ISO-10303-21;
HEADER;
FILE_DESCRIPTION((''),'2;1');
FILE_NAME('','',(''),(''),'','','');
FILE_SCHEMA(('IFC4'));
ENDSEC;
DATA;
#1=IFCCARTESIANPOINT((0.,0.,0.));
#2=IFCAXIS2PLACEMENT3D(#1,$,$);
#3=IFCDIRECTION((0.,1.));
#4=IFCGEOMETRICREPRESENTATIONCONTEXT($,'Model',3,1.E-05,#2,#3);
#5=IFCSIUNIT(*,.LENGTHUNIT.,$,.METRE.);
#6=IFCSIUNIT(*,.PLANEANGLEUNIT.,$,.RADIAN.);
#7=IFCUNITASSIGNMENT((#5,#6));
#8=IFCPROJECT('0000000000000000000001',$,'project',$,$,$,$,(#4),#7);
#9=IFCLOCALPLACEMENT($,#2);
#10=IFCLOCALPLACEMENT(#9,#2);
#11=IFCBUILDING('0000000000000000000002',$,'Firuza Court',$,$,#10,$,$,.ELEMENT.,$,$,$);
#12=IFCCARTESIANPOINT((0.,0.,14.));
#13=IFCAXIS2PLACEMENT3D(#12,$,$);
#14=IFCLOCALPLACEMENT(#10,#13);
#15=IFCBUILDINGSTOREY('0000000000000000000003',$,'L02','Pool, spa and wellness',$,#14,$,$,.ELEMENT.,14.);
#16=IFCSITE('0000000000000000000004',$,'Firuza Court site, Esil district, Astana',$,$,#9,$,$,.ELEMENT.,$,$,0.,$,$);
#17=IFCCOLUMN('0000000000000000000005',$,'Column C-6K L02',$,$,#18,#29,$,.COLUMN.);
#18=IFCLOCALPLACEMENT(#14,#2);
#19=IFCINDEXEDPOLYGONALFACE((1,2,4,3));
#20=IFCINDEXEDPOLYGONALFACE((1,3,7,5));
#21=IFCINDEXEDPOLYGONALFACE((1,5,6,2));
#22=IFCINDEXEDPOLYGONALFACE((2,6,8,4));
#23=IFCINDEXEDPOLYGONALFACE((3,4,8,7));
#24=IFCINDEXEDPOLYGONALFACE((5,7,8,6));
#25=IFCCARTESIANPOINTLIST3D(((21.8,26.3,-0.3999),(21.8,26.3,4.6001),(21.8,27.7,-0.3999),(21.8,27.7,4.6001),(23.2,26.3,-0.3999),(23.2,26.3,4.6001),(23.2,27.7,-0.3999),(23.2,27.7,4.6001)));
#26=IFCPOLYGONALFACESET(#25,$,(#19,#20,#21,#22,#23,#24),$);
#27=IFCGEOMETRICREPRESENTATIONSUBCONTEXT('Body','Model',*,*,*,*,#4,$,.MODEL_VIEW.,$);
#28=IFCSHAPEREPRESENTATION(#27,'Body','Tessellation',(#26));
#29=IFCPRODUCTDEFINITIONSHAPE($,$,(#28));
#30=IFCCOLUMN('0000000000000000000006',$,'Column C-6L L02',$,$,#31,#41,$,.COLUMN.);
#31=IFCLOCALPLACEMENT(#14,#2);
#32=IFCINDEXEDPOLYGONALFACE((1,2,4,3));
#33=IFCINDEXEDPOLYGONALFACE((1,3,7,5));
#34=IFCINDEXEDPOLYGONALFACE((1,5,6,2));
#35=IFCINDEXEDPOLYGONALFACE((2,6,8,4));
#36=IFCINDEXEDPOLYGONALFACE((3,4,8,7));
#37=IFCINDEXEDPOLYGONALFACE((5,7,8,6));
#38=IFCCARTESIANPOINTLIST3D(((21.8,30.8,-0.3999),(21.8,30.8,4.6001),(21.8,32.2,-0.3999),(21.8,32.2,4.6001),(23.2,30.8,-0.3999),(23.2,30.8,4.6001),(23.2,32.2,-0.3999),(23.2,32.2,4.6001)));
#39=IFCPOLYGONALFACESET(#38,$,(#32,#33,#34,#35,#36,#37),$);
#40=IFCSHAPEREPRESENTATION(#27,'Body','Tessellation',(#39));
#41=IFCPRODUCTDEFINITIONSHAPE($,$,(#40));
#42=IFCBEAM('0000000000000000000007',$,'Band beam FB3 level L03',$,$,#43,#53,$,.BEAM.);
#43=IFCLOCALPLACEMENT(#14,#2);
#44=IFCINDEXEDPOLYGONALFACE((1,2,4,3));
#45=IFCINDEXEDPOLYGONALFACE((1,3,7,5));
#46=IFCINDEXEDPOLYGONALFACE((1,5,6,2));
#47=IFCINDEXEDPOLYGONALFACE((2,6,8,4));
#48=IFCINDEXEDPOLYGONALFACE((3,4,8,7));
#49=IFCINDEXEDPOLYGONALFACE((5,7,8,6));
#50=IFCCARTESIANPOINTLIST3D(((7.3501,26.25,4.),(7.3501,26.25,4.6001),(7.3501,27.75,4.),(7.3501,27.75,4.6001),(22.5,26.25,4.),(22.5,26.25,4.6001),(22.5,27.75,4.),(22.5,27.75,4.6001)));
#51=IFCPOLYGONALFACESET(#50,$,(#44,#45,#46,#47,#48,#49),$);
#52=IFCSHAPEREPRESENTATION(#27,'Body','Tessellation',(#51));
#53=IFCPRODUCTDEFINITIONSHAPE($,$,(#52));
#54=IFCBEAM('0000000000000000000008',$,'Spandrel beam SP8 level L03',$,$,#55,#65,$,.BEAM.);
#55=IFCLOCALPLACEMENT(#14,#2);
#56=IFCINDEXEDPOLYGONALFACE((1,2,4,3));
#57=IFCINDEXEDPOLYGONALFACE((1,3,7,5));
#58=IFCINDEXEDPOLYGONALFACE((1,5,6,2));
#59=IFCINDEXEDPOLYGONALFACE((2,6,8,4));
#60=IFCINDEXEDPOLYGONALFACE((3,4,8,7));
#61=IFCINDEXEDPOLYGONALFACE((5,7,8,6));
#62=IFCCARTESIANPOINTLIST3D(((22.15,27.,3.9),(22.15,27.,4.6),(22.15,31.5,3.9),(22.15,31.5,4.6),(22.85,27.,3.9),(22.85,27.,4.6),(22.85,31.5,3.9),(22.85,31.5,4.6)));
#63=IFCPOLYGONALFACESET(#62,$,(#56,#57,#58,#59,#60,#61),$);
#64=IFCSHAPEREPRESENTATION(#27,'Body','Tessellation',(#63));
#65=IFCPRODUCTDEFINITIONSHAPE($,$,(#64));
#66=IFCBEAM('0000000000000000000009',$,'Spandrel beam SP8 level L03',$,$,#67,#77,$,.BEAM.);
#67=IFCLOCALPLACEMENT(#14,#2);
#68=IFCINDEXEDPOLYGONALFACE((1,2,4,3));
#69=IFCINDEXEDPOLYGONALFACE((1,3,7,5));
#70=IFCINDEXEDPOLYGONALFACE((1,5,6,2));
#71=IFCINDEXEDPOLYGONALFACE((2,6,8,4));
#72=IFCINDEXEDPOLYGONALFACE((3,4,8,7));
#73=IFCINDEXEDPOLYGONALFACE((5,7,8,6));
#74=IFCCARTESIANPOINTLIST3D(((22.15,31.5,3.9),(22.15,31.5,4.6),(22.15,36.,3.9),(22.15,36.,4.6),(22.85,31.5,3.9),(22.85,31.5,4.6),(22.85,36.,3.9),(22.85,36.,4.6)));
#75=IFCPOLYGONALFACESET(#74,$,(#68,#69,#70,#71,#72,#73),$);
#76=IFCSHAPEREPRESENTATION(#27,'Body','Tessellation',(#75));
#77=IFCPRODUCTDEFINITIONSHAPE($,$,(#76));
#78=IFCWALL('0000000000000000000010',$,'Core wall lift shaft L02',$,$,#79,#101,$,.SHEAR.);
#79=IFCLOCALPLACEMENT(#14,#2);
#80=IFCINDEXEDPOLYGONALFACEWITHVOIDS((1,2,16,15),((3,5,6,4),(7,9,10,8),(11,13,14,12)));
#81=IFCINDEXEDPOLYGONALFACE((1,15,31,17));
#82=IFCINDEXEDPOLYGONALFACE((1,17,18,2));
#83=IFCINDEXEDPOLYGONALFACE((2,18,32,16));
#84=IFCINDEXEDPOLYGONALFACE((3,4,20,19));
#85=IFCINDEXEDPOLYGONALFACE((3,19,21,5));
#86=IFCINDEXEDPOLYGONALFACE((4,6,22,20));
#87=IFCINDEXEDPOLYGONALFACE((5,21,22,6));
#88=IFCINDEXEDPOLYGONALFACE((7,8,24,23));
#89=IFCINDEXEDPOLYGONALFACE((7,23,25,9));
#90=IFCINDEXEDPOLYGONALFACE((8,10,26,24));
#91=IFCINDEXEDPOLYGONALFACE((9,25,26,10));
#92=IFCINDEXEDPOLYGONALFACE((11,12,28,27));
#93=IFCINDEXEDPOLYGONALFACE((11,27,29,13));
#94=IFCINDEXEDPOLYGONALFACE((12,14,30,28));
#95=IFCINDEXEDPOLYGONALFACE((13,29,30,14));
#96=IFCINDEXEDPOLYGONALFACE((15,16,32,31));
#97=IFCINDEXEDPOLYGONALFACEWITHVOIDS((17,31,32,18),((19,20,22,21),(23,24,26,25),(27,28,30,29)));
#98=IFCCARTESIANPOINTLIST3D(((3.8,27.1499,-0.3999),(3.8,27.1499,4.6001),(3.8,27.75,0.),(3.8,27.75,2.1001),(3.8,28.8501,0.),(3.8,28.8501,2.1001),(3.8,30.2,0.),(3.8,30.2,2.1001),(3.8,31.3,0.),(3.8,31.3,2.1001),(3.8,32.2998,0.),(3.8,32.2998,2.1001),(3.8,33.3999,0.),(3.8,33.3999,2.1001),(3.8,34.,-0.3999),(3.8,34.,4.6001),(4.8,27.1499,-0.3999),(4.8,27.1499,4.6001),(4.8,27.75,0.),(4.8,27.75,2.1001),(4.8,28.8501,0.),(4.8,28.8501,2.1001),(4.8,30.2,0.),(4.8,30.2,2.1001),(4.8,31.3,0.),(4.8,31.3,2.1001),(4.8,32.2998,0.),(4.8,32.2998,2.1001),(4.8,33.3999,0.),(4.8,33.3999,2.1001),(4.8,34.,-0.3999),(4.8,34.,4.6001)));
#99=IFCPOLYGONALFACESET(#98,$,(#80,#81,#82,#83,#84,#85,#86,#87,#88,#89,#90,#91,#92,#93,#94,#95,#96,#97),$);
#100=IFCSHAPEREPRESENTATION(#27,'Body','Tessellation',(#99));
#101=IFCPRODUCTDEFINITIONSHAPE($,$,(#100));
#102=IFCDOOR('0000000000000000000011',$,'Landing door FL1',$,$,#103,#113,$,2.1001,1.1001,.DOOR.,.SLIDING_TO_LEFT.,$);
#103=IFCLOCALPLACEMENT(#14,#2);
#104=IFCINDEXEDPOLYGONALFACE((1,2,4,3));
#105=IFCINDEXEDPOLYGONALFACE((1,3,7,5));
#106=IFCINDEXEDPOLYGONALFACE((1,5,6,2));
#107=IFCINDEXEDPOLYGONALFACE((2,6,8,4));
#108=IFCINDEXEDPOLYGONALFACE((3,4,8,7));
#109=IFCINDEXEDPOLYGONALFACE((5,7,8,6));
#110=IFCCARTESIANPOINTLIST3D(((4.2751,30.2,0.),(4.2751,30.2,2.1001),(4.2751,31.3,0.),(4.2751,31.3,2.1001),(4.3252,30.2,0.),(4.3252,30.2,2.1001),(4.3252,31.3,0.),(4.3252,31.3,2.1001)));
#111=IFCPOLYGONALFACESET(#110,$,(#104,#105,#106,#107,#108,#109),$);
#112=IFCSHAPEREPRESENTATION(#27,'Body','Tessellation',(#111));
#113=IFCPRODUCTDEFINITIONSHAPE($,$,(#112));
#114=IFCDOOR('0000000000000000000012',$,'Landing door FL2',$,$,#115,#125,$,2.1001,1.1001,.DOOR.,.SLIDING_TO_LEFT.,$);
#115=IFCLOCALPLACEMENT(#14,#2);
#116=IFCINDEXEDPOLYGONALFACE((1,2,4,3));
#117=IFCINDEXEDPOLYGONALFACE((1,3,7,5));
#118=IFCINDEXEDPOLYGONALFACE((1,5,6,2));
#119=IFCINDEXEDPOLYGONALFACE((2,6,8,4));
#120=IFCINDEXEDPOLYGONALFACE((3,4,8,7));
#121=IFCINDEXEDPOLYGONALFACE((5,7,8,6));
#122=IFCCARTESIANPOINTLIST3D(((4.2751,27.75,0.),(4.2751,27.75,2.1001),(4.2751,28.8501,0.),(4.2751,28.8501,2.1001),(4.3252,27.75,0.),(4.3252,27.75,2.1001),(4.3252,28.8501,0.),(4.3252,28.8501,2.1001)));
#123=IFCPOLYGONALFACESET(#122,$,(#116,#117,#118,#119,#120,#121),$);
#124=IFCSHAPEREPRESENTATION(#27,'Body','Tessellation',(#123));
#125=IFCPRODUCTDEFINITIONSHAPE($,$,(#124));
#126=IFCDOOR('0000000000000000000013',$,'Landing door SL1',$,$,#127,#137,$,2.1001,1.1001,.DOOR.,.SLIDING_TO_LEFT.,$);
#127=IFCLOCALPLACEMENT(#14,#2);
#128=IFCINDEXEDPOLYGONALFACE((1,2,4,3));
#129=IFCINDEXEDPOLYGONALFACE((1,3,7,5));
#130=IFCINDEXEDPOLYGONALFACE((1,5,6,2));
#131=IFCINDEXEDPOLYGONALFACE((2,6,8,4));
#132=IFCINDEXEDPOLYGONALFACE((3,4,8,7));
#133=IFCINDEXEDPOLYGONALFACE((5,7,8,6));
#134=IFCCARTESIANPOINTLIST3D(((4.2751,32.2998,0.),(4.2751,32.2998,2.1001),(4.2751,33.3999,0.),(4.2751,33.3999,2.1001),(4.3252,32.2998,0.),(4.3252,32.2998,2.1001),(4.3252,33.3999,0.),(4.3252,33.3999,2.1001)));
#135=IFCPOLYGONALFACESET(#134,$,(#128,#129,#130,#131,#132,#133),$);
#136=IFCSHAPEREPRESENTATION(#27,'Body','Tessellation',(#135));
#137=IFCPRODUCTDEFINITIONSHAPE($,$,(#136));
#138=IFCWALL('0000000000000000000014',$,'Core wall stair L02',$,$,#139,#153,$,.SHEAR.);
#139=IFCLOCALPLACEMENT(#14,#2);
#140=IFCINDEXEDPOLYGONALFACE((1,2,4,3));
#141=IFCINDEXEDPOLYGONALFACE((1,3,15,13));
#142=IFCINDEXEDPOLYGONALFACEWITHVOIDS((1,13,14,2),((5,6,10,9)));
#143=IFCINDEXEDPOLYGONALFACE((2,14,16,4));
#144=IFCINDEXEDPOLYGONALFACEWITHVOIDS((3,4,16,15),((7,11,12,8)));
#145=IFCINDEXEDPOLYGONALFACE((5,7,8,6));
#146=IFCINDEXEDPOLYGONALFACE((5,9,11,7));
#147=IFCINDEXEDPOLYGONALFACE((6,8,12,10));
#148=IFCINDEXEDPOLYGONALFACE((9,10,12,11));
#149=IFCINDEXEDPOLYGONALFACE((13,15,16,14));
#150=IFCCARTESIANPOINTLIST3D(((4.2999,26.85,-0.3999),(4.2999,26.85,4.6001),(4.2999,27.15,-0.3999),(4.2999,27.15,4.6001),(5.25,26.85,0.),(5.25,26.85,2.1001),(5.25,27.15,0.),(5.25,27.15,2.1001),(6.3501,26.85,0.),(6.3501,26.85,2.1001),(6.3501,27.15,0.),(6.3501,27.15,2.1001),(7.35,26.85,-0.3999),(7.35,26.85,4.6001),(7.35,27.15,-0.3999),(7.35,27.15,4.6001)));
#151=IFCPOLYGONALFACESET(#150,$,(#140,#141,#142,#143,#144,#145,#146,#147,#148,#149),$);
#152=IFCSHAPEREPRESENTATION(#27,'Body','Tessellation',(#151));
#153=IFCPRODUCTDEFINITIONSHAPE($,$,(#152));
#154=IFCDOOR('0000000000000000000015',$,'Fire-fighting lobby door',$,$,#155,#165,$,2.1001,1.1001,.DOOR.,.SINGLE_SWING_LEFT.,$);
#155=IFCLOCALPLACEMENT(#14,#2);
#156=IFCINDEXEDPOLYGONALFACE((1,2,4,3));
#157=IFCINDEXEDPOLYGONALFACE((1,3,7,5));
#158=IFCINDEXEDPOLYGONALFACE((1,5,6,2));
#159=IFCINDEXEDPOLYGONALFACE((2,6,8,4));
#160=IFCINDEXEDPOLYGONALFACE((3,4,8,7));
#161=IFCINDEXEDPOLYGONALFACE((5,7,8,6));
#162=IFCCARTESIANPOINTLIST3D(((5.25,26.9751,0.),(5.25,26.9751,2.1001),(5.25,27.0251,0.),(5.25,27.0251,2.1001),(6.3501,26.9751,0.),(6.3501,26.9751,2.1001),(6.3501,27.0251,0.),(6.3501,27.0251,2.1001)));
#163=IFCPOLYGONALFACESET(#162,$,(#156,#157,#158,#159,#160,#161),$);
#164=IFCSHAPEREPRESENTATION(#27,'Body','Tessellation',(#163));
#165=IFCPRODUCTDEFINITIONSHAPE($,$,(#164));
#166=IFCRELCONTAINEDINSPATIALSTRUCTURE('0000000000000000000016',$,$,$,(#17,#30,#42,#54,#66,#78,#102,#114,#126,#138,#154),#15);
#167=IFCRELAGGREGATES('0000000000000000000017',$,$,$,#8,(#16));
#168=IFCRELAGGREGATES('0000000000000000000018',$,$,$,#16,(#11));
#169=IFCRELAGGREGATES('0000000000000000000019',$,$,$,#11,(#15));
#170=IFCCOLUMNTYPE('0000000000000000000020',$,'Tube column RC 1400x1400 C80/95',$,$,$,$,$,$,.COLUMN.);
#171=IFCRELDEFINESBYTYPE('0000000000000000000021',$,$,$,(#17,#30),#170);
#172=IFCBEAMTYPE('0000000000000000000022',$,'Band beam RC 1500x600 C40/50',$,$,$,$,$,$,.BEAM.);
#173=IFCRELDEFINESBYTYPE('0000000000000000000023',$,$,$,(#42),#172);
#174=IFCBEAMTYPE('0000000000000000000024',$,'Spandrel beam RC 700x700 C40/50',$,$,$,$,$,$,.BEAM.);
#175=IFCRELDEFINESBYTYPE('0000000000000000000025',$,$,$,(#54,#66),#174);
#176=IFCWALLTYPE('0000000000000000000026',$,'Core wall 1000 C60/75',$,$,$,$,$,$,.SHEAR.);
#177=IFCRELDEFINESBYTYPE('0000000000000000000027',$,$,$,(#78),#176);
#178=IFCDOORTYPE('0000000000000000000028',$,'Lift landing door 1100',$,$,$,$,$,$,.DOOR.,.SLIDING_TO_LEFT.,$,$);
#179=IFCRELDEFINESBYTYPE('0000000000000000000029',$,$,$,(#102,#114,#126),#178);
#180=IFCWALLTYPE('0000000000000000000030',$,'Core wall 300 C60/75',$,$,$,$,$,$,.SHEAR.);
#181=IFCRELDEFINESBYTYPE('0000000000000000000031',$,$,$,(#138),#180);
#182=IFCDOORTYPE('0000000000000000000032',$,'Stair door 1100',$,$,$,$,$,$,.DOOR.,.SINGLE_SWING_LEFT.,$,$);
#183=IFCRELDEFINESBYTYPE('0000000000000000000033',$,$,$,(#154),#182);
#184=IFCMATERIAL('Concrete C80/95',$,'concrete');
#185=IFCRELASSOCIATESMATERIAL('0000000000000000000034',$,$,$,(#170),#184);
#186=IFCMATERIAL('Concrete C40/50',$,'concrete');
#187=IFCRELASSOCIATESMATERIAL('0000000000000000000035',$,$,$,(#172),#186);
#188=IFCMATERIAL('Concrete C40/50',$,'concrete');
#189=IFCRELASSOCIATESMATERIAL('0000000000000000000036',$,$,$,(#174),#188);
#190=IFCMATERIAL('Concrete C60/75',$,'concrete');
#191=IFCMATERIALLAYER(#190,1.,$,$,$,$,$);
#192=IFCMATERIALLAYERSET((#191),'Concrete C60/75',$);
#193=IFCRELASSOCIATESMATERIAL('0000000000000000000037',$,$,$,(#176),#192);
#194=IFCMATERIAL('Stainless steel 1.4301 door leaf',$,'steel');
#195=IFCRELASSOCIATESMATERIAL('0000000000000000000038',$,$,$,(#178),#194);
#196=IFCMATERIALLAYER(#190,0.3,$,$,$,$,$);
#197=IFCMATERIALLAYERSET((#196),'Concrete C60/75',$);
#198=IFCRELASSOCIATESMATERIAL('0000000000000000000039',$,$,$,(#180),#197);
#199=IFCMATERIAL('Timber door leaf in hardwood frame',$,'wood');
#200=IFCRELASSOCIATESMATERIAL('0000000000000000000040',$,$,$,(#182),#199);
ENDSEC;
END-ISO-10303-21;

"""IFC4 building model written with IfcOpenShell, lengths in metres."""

from ifc_helpers import new_model, si_unit, direction, frame, frame_2d, origin, origin_2d, place, context, subcontext, project, spatial, rectangle, extrude, material, layer, layer_set, material_profile, profile_set, type_object, element, fill, save


model = new_model("IFC4")

# Units and contexts
model_context = context("Model", 3, precision=1e-05, world=origin(), true_north=direction((0.0, 1.0)))
body_context = subcontext(model_context, "Body", "Model", "MODEL_VIEW")
ifc_project = project(units=[si_unit("LENGTHUNIT", "METRE"), si_unit("PLANEANGLEUNIT", "RADIAN")], contexts=[model_context])

# Site, building, storey
site_placement = place(None, origin())
site = spatial("IfcSite", under=ifc_project, at=site_placement, Name="Firuza Court site, Esil district, Astana", CompositionType="ELEMENT", RefElevation=0.0)
building_placement = place(site_placement, origin())
building = spatial("IfcBuilding", under=site, at=building_placement, Name="Firuza Court", CompositionType="ELEMENT")
storey_placement = place(building_placement, frame((0.0, 0.0, 14.0)))
storey = spatial("IfcBuildingStorey", under=building, at=storey_placement, Name="L02", Description="Pool, spa and wellness", CompositionType="ELEMENT", Elevation=14.0)

# Columns
ifc_material_1 = material(Name="Concrete C80/95", Category="concrete")
ifc_material_profile_1 = material_profile(ifc_material_1, rectangle(XDim=1.3999, YDim=1.3999, at=origin_2d()), Name="RC 1400x1400")
ifc_profile_set_1 = profile_set([ifc_material_profile_1], Name="Concrete C80/95")
column_type = type_object("IfcColumnType", Name="Tube column RC 1400x1400 C80/95", PredefinedType="COLUMN", material=ifc_profile_set_1)
for number, where, z_axis, x_axis, name in (
    (1, (22.5, 27.0, -0.3999), (0.0, 0.0, 1.0), (1.0, 0.0, 0.0), "Column C-6K L02"),
    (2, (22.5, 31.5, -0.3999), (0.0, 0.0, 1.0), (1.0, 0.0, 0.0), "Column C-6L L02"),
):
    element("IfcColumn", number, at=place(storey_placement, frame(where, z_axis=z_axis, x_axis=x_axis)), inside=storey, type_object=column_type, Name=name, PredefinedType="COLUMN", context=body_context, shape_type="SweptSolid", body=[
        extrude(rectangle(XDim=1.3999, YDim=1.3999, at=origin_2d()), origin(), (0.0, 0.0, 1.0), 5.0),
    ])

# Beams
ifc_material_2 = material(Name="Concrete C40/50", Category="concrete")
ifc_material_profile_2 = material_profile(ifc_material_2, rectangle(XDim=1.5, YDim=0.6001, at=origin_2d()), Name="RC 1500x600")
ifc_profile_set_2 = profile_set([ifc_material_profile_2], Name="Concrete C40/50")
beam_type_1 = type_object("IfcBeamType", Name="Band beam RC 1500x600 C40/50", PredefinedType="BEAM", material=ifc_profile_set_2)
beam_placement = place(storey_placement, frame((22.5, 27.0, 4.3), z_axis=(-1.0, 0.0, 0.0), x_axis=(0.0, -1.0, 0.0)))
element("IfcBeam", 3, at=beam_placement, inside=storey, type_object=beam_type_1, Name="Band beam FB3 level L03", PredefinedType="BEAM", context=body_context, shape_type="SweptSolid", body=[
    extrude(rectangle(XDim=1.5, YDim=0.6001, at=origin_2d()), origin(), (0.0, 0.0, 1.0), 15.1499),
])
ifc_material_3 = material(Name="Concrete C40/50", Category="concrete")
ifc_material_profile_3 = material_profile(ifc_material_3, rectangle(XDim=0.7, YDim=0.7, at=origin_2d()), Name="RC 700x700")
ifc_profile_set_3 = profile_set([ifc_material_profile_3], Name="Concrete C40/50")
beam_type_2 = type_object("IfcBeamType", Name="Spandrel beam RC 700x700 C40/50", PredefinedType="BEAM", material=ifc_profile_set_3)
for number, where, z_axis, x_axis, name in (
    (4, (22.5, 27.0, 4.25), (0.0, 1.0, 0.0), (-1.0, 0.0, 0.0), "Spandrel beam SP8 level L03"),
    (5, (22.5, 31.5, 4.25), (0.0, 1.0, 0.0), (-1.0, 0.0, 0.0), "Spandrel beam SP8 level L03"),
):
    element("IfcBeam", number, at=place(storey_placement, frame(where, z_axis=z_axis, x_axis=x_axis)), inside=storey, type_object=beam_type_2, Name=name, PredefinedType="BEAM", context=body_context, shape_type="SweptSolid", body=[
        extrude(rectangle(XDim=0.7, YDim=0.7, at=origin_2d()), origin(), (0.0, 0.0, 1.0), 4.5),
    ])

# Wall, openings, doors
ifc_material_4 = material(Name="Concrete C60/75", Category="concrete")
ifc_layer_1 = layer(ifc_material_4, 1.0)
ifc_layer_set_1 = layer_set([ifc_layer_1], Name="Concrete C60/75")
wall_type_1 = type_object("IfcWallType", Name="Core wall 1000 C60/75", PredefinedType="SHEAR", material=ifc_layer_set_1)
wall_1_placement = place(storey_placement, frame((4.3, 27.1499, -0.3999), z_axis=(0.0, 0.0, 1.0), x_axis=(0.0, 1.0, 0.0)))
wall_1 = element("IfcWall", 6, at=wall_1_placement, inside=storey, type_object=wall_type_1, Name="Core wall lift shaft L02", PredefinedType="SHEAR", context=body_context, shape_type="SweptSolid", body=[
    extrude(rectangle(XDim=6.8501, YDim=1.0, at=frame_2d((3.425, 0.0))), origin(), (0.0, 0.0, 1.0), 5.0),
])
opening_1_placement = place(wall_1_placement, frame((3.05, 0.0, 0.3999)))
opening_1 = element("IfcOpeningElement", 7, at=opening_1_placement, cuts=wall_1, PredefinedType="OPENING", context=body_context, shape_type="SweptSolid", body=[
    extrude(rectangle(XDim=1.1001, YDim=2.1001, at=frame_2d((0.55, 1.05))), frame((0.0, 0.512, 0.0), z_axis=(0.0, -1.0, 0.0), x_axis=(1.0, 0.0, 0.0)), (0.0, 0.0, 1.0), 1.0239),
])
opening_2_placement = place(wall_1_placement, frame((0.6001, 0.0, 0.3999)))
opening_2 = element("IfcOpeningElement", 8, at=opening_2_placement, cuts=wall_1, PredefinedType="OPENING", context=body_context, shape_type="SweptSolid", body=[
    extrude(rectangle(XDim=1.1001, YDim=2.1001, at=frame_2d((0.55, 1.05))), frame((0.0, 0.512, 0.0), z_axis=(0.0, -1.0, 0.0), x_axis=(1.0, 0.0, 0.0)), (0.0, 0.0, 1.0), 1.0239),
])
opening_3_placement = place(wall_1_placement, frame((5.1499, 0.0, 0.3999)))
opening_3 = element("IfcOpeningElement", 9, at=opening_3_placement, cuts=wall_1, PredefinedType="OPENING", context=body_context, shape_type="SweptSolid", body=[
    extrude(rectangle(XDim=1.1001, YDim=2.1001, at=frame_2d((0.55, 1.05))), frame((0.0, 0.512, 0.0), z_axis=(0.0, -1.0, 0.0), x_axis=(1.0, 0.0, 0.0)), (0.0, 0.0, 1.0), 1.0239),
])
ifc_material_5 = material(Name="Stainless steel 1.4301 door leaf", Category="steel")
door_type_1 = type_object("IfcDoorType", Name="Lift landing door 1100", OperationType="SLIDING_TO_LEFT", PredefinedType="DOOR", material=ifc_material_5)
door_1_placement = place(opening_1_placement, origin())
door_1 = element("IfcDoor", 10, at=door_1_placement, inside=storey, type_object=door_type_1, Name="Landing door FL1", OperationType="SLIDING_TO_LEFT", OverallHeight=2.1001, OverallWidth=1.1001, PredefinedType="DOOR", context=body_context, shape_type="SweptSolid", body=[
    extrude(rectangle(XDim=1.1001, YDim=2.1001, at=frame_2d((0.55, 1.05))), frame((0.0, 0.0249, 0.0), z_axis=(0.0, -1.0, 0.0), x_axis=(1.0, 0.0, 0.0)), (0.0, 0.0, 1.0), 0.05),
])
fill(opening_1, door_1)
door_2_placement = place(opening_2_placement, origin())
door_2 = element("IfcDoor", 11, at=door_2_placement, inside=storey, type_object=door_type_1, Name="Landing door FL2", OperationType="SLIDING_TO_LEFT", OverallHeight=2.1001, OverallWidth=1.1001, PredefinedType="DOOR", context=body_context, shape_type="SweptSolid", body=[
    extrude(rectangle(XDim=1.1001, YDim=2.1001, at=frame_2d((0.55, 1.05))), frame((0.0, 0.0249, 0.0), z_axis=(0.0, -1.0, 0.0), x_axis=(1.0, 0.0, 0.0)), (0.0, 0.0, 1.0), 0.05),
])
fill(opening_2, door_2)
door_3_placement = place(opening_3_placement, origin())
door_3 = element("IfcDoor", 12, at=door_3_placement, inside=storey, type_object=door_type_1, Name="Landing door SL1", OperationType="SLIDING_TO_LEFT", OverallHeight=2.1001, OverallWidth=1.1001, PredefinedType="DOOR", context=body_context, shape_type="SweptSolid", body=[
    extrude(rectangle(XDim=1.1001, YDim=2.1001, at=frame_2d((0.55, 1.05))), frame((0.0, 0.0249, 0.0), z_axis=(0.0, -1.0, 0.0), x_axis=(1.0, 0.0, 0.0)), (0.0, 0.0, 1.0), 0.05),
])
fill(opening_3, door_3)

# Wall, opening, door
ifc_layer_2 = layer(ifc_material_4, 0.3)
ifc_layer_set_2 = layer_set([ifc_layer_2], Name="Concrete C60/75")
wall_type_2 = type_object("IfcWallType", Name="Core wall 300 C60/75", PredefinedType="SHEAR", material=ifc_layer_set_2)
wall_2_placement = place(storey_placement, frame((4.3, 27.0, -0.3999), z_axis=(0.0, 0.0, 1.0), x_axis=(1.0, 0.0, 0.0)))
wall_2 = element("IfcWall", 13, at=wall_2_placement, inside=storey, type_object=wall_type_2, Name="Core wall stair L02", PredefinedType="SHEAR", context=body_context, shape_type="SweptSolid", body=[
    extrude(rectangle(XDim=3.05, YDim=0.3, at=frame_2d((1.5249, 0.0))), origin(), (0.0, 0.0, 1.0), 5.0),
])
opening_4_placement = place(wall_2_placement, frame((0.95, 0.0, 0.3999)))
opening_4 = element("IfcOpeningElement", 14, at=opening_4_placement, cuts=wall_2, PredefinedType="OPENING", context=body_context, shape_type="SweptSolid", body=[
    extrude(rectangle(XDim=1.1001, YDim=2.1001, at=frame_2d((0.55, 1.05))), frame((0.0, 0.1621, 0.0), z_axis=(0.0, -1.0, 0.0), x_axis=(1.0, 0.0, 0.0)), (0.0, 0.0, 1.0), 0.324),
])
ifc_material_6 = material(Name="Timber door leaf in hardwood frame", Category="wood")
door_type_2 = type_object("IfcDoorType", Name="Stair door 1100", OperationType="SINGLE_SWING_LEFT", PredefinedType="DOOR", material=ifc_material_6)
door_4_placement = place(opening_4_placement, frame((1.1001, 0.0, 0.0), z_axis=(0.0, 0.0, 1.0), x_axis=(-1.0, 0.0, 0.0)))
door_4 = element("IfcDoor", 15, at=door_4_placement, inside=storey, type_object=door_type_2, Name="Fire-fighting lobby door", OperationType="SINGLE_SWING_LEFT", OverallHeight=2.1001, OverallWidth=1.1001, PredefinedType="DOOR", context=body_context, shape_type="SweptSolid", body=[
    extrude(rectangle(XDim=1.1001, YDim=2.1001, at=frame_2d((0.55, 1.05))), frame((0.0, 0.0249, 0.0), z_axis=(0.0, -1.0, 0.0), x_axis=(1.0, 0.0, 0.0)), (0.0, 0.0, 1.0), 0.05),
])
fill(opening_4, door_4)

save(model, "model.ifc")
